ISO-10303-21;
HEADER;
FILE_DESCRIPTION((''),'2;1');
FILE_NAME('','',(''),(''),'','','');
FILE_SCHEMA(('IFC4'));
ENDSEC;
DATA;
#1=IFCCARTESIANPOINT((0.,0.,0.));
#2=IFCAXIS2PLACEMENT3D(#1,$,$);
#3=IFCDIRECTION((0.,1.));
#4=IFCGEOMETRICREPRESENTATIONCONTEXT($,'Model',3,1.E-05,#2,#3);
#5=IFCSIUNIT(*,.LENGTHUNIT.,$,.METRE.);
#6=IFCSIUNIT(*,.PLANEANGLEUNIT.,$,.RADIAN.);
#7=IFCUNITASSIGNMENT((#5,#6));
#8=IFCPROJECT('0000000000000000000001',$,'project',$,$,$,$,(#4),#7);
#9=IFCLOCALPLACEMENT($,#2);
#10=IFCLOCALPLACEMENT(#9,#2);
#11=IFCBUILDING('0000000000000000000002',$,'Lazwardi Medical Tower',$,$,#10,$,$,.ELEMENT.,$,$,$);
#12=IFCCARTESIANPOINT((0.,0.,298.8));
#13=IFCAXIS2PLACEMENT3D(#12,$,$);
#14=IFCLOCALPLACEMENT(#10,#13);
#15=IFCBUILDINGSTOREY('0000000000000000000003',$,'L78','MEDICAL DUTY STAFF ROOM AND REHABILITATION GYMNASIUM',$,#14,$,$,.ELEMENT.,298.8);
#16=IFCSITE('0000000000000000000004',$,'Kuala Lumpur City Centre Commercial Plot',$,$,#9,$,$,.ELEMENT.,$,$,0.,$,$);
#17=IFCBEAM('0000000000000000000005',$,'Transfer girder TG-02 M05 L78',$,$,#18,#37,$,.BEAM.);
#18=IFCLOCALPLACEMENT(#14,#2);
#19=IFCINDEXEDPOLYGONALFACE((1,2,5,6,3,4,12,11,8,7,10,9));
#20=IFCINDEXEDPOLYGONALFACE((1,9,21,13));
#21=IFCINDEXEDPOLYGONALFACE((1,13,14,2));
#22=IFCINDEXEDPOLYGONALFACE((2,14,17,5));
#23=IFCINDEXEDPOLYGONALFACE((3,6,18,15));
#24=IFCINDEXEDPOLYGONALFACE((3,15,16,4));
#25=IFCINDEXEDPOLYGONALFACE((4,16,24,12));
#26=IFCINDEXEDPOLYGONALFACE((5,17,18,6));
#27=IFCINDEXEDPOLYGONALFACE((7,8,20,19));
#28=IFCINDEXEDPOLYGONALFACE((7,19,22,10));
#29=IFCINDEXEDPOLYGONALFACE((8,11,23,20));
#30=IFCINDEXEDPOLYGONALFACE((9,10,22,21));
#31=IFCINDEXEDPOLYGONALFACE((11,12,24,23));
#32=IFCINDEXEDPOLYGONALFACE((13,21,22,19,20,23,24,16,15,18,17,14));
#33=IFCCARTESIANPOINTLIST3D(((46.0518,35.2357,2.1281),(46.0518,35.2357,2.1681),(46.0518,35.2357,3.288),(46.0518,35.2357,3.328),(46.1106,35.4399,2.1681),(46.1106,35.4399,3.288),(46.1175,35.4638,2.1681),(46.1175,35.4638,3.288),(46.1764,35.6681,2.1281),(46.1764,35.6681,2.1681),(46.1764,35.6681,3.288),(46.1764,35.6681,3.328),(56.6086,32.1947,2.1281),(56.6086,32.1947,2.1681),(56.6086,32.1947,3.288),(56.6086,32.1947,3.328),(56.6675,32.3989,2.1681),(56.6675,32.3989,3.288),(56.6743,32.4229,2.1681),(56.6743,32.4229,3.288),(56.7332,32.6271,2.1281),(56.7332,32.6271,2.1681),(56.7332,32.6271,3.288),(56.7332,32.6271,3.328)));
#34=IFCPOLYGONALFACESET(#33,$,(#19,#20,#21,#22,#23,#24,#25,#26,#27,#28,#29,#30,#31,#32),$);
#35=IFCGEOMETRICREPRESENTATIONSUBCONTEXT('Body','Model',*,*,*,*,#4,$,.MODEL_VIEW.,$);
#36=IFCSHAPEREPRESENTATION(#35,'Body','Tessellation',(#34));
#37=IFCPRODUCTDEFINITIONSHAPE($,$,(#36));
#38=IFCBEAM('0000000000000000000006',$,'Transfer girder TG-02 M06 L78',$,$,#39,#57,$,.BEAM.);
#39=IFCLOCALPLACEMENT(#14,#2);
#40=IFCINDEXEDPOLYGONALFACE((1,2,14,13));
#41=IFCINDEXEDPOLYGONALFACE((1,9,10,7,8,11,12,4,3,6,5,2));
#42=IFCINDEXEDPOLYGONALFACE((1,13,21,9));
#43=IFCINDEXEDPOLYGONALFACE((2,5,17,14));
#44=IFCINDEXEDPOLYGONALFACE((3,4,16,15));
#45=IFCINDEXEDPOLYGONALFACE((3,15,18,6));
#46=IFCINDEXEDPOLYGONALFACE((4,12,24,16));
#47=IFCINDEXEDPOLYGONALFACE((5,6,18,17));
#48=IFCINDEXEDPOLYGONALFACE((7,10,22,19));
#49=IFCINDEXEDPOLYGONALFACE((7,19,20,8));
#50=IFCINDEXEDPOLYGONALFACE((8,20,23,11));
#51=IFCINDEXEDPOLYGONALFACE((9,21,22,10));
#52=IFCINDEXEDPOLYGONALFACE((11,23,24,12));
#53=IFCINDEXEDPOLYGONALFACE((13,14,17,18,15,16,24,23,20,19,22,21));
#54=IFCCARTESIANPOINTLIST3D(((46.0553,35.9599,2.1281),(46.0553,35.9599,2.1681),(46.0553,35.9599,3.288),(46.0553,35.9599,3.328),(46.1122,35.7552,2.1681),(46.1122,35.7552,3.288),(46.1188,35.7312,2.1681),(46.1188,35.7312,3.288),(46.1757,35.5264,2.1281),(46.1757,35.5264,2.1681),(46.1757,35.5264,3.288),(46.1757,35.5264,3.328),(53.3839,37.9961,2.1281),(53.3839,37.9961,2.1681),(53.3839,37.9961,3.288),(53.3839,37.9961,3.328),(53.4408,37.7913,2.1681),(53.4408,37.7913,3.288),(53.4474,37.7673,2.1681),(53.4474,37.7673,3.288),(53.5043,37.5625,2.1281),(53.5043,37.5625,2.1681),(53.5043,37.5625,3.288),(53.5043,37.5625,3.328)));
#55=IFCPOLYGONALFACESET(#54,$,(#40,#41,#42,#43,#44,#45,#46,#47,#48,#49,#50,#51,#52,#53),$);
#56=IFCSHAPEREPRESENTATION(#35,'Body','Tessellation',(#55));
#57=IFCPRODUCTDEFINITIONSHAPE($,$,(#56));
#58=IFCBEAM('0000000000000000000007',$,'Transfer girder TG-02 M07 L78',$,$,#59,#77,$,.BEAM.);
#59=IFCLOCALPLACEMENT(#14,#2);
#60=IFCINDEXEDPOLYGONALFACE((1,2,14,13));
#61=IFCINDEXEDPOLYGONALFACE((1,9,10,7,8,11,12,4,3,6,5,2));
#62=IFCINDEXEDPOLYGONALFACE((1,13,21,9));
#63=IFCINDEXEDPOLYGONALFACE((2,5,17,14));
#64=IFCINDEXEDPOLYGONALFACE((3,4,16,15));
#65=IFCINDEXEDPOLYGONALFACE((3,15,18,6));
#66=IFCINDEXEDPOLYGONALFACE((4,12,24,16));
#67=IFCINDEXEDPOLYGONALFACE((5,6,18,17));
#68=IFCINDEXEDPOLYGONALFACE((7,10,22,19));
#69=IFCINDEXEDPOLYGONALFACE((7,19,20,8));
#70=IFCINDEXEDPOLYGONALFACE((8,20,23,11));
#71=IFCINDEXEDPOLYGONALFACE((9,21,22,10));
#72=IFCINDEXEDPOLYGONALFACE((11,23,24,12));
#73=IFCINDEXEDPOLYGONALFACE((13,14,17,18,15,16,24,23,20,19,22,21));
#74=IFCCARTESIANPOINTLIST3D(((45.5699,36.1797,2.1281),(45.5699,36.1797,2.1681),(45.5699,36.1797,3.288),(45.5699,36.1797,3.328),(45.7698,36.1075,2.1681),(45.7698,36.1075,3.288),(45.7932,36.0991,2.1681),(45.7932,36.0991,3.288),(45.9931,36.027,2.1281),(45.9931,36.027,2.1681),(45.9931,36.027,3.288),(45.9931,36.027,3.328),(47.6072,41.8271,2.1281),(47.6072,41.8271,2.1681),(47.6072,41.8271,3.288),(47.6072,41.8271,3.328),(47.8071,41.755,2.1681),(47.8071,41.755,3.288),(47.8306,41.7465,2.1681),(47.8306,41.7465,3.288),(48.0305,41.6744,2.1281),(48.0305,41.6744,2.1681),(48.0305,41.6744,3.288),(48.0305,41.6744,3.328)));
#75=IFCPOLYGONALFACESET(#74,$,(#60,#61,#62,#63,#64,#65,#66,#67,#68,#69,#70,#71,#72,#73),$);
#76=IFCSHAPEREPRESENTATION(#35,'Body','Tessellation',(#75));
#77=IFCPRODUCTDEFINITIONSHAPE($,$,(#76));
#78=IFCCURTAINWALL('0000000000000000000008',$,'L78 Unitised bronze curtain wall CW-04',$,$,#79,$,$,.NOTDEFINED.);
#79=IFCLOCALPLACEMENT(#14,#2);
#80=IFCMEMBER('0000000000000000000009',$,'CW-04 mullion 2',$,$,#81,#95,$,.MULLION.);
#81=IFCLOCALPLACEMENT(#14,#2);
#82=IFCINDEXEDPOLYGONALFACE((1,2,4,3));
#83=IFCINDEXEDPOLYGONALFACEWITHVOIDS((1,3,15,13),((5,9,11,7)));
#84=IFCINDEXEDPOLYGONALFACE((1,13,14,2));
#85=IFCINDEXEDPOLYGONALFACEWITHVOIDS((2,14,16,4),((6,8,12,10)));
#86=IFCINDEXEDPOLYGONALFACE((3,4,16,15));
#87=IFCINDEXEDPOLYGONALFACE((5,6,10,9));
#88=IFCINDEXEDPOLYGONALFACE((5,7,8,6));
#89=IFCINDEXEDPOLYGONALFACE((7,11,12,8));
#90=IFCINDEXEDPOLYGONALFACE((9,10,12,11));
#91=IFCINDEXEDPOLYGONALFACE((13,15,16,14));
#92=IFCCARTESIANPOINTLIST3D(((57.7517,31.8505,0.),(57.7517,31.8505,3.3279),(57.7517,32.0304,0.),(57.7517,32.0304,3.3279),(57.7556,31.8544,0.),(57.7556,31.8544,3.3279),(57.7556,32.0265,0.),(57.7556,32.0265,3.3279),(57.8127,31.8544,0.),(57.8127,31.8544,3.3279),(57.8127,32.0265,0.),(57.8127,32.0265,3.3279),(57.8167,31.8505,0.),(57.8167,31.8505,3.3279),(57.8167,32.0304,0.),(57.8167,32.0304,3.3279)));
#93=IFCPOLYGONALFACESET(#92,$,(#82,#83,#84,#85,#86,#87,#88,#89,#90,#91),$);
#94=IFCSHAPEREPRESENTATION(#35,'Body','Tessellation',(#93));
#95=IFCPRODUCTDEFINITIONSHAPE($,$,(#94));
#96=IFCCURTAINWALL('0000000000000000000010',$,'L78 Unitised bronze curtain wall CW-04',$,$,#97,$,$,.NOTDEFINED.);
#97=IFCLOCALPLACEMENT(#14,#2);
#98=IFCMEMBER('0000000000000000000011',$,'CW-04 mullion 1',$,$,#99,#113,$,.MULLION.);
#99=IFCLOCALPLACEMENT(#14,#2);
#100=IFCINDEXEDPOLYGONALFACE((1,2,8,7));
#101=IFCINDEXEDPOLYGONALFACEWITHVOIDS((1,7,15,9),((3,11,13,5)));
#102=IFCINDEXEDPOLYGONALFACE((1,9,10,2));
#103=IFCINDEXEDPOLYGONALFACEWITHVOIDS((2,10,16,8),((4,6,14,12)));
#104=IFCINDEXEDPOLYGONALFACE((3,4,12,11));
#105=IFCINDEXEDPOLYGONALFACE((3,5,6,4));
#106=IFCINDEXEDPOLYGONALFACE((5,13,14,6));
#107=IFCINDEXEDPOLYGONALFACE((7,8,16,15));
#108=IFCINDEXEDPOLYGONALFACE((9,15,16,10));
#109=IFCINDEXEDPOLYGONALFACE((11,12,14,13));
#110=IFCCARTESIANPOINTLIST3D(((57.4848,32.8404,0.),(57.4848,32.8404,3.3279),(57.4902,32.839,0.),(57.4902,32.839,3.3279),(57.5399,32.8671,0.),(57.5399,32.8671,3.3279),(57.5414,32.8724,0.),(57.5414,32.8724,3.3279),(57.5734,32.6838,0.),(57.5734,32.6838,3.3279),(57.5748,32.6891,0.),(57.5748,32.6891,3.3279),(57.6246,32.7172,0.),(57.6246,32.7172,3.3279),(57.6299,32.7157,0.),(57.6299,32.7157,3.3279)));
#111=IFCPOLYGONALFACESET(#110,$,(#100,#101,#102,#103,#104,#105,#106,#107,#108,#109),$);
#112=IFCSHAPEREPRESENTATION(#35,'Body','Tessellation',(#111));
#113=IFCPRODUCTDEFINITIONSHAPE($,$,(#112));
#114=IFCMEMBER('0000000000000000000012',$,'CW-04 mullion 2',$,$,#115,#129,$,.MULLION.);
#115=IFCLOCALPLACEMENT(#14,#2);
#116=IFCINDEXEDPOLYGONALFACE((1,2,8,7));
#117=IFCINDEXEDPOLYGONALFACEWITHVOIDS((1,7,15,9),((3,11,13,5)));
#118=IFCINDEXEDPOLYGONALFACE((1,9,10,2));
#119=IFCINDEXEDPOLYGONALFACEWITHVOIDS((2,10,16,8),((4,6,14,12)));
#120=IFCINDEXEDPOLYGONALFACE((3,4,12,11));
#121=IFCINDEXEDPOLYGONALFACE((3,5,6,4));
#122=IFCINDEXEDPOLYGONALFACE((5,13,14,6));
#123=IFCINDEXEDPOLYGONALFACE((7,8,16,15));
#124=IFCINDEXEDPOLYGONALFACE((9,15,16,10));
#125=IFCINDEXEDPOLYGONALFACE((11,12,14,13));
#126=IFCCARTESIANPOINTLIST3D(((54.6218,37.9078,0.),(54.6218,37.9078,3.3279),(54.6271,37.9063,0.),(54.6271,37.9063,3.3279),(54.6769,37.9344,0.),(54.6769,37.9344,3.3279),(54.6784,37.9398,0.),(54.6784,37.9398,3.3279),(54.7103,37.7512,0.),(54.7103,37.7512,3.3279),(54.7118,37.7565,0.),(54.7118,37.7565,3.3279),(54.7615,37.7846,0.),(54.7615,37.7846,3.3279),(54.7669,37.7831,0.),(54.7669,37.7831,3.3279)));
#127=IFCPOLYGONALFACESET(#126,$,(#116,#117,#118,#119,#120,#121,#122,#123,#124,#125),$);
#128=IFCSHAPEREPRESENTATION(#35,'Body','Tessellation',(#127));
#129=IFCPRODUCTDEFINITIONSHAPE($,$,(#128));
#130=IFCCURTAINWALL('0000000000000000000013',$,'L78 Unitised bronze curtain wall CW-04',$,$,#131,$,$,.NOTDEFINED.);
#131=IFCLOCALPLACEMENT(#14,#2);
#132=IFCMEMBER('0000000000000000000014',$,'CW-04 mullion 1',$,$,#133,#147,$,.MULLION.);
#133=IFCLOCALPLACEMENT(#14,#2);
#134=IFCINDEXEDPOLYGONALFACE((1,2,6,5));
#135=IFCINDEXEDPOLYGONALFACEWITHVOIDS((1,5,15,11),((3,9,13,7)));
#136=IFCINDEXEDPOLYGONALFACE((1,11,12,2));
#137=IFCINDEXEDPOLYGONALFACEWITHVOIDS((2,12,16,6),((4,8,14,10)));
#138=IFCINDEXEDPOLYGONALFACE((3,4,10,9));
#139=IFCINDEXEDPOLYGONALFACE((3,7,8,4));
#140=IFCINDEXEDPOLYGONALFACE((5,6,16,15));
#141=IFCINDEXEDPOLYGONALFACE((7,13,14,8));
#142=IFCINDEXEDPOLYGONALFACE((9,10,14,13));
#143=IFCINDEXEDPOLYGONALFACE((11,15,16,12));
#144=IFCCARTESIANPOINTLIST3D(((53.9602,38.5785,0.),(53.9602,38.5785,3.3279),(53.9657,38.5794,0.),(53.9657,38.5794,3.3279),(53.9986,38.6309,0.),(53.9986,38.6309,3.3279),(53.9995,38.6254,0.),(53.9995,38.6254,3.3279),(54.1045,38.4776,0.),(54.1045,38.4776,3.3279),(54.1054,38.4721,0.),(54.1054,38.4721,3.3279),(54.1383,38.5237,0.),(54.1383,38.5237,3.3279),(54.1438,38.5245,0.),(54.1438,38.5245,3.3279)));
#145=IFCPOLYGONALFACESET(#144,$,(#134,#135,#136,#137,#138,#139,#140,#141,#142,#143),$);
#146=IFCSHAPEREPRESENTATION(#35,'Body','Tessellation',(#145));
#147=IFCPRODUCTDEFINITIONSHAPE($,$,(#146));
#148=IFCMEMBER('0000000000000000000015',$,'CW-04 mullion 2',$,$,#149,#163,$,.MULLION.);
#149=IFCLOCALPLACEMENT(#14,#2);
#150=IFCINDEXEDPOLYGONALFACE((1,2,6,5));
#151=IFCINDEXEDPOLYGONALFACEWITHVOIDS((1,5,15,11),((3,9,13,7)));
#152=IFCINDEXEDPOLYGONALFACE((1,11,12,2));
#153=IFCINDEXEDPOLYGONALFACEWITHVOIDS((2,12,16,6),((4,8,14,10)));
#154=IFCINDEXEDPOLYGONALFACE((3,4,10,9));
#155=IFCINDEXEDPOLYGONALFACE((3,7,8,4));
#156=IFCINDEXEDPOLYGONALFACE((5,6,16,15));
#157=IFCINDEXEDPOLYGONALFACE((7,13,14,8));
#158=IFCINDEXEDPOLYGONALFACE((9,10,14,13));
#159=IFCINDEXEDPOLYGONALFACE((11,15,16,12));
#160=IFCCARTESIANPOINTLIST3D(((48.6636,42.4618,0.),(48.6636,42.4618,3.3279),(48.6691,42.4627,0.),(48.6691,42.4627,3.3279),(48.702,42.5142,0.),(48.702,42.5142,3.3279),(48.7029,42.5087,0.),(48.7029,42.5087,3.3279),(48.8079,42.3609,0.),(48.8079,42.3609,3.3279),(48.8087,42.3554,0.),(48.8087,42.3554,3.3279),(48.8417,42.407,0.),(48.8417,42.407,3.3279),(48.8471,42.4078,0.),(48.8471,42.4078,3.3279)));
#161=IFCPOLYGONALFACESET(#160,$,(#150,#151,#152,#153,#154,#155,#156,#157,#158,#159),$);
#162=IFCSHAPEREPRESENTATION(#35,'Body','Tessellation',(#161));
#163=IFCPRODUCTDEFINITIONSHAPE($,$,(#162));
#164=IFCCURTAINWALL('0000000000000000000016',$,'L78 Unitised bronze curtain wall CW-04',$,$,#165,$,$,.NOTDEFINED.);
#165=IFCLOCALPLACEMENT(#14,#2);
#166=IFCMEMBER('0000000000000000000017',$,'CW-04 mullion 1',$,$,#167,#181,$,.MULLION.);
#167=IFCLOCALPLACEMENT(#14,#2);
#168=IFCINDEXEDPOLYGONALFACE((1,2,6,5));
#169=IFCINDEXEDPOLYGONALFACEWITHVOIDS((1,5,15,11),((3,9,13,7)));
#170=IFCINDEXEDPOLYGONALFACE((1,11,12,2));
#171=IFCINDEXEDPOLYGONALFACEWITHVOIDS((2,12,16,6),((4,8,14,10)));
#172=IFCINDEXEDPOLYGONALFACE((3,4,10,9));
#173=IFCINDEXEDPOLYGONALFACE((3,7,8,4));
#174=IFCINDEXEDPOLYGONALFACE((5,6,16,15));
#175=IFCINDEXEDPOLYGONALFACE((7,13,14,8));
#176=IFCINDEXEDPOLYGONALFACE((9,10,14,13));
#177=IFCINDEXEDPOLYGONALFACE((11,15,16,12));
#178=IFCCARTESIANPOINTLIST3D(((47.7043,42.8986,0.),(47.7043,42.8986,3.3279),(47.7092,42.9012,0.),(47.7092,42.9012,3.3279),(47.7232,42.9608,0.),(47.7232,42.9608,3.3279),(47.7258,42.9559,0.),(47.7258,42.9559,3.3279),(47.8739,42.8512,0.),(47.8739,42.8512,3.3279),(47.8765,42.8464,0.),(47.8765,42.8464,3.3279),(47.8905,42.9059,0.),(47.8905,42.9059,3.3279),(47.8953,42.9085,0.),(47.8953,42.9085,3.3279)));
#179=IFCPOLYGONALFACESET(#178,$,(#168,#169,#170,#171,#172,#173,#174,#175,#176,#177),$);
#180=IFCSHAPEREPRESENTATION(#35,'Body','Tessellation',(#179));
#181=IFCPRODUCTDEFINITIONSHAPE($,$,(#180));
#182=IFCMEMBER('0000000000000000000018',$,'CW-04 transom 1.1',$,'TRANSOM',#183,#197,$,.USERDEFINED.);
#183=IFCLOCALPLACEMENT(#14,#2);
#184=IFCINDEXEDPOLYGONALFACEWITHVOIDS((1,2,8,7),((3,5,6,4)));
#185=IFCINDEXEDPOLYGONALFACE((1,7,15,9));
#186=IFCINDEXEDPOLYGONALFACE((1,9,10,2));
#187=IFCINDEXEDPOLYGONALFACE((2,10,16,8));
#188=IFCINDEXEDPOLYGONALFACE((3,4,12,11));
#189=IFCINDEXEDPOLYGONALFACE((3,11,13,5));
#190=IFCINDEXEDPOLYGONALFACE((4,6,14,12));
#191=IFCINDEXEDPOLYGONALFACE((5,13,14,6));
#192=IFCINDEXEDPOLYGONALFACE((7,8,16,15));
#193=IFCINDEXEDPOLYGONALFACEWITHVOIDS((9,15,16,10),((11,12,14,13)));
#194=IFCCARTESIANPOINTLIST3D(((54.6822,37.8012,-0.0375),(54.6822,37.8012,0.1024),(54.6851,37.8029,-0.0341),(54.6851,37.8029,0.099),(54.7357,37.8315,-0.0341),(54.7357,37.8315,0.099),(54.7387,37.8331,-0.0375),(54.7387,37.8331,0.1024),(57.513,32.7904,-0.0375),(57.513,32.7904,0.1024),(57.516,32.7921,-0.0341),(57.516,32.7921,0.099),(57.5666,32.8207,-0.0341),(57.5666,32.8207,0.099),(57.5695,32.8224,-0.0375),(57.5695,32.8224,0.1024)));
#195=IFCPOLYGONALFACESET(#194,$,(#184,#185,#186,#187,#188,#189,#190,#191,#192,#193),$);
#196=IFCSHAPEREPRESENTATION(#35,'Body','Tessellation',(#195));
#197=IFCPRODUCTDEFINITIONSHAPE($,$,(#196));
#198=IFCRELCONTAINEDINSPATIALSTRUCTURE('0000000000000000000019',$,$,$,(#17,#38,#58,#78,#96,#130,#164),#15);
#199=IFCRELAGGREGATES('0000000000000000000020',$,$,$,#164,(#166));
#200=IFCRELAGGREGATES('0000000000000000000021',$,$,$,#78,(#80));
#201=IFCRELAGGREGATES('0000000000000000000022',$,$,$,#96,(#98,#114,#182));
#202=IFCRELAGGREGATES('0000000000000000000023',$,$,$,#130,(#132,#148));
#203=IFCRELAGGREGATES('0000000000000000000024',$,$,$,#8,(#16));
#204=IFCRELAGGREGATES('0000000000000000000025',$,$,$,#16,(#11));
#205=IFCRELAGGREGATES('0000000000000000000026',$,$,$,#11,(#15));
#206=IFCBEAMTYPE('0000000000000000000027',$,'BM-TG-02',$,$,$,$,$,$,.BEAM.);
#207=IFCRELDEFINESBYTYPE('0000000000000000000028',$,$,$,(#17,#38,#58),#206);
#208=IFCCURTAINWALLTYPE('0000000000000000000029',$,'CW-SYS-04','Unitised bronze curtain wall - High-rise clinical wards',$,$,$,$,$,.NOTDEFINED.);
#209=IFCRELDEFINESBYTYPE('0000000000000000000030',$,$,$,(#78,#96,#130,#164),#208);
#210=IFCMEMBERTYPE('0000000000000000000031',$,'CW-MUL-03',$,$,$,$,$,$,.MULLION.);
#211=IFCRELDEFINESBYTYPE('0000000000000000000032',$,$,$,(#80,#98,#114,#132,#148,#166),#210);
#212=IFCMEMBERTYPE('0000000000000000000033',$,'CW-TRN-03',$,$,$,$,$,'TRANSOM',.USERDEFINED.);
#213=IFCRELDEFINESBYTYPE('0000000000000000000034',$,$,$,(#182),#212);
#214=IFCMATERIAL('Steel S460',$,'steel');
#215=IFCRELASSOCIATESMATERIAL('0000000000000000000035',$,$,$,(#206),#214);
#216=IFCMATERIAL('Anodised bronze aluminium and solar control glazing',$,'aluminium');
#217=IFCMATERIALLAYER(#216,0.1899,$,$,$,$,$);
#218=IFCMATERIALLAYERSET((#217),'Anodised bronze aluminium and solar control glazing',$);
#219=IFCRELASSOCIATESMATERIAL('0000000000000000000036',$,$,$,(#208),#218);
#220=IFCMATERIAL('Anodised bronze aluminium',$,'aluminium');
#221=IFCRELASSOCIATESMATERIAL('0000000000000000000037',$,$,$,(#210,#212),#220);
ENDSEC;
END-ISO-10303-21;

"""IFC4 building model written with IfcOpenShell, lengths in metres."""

from ifc_helpers import new_model, si_unit, direction, frame, origin, origin_2d, place, context, subcontext, project, spatial, hollow_rectangle, i_section, extrude, material, layer, layer_set, material_profile, profile_set, type_object, element, aggregate, save


model = new_model("IFC4")

# Units and contexts
model_context = context("Model", 3, precision=1e-05, world=origin(), true_north=direction((0.0, 1.0)))
body_context = subcontext(model_context, "Body", "Model", "MODEL_VIEW")
ifc_project = project(units=[si_unit("LENGTHUNIT", "METRE"), si_unit("PLANEANGLEUNIT", "RADIAN")], contexts=[model_context])

# Site, building, storey
site_placement = place(None, origin())
site = spatial("IfcSite", under=ifc_project, at=site_placement, Name="Kuala Lumpur City Centre Commercial Plot", CompositionType="ELEMENT", RefElevation=0.0)
building_placement = place(site_placement, origin())
building = spatial("IfcBuilding", under=site, at=building_placement, Name="Lazwardi Medical Tower", CompositionType="ELEMENT")
storey_placement = place(building_placement, frame((0.0, 0.0, 298.8)))
storey = spatial("IfcBuildingStorey", under=building, at=storey_placement, Name="L78", Description="MEDICAL DUTY STAFF ROOM AND REHABILITATION GYMNASIUM", CompositionType="ELEMENT", Elevation=298.8)

# Beams
ifc_material_1 = material(Name="Steel S460", Category="steel")
ifc_material_profile_1 = material_profile(ifc_material_1, i_section(OverallWidth=0.45, OverallDepth=1.2, WebThickness=0.0249, FlangeThickness=0.04, at=origin_2d()), Name="PG 1200x450")
ifc_profile_set_1 = profile_set([ifc_material_profile_1], Name="Steel S460")
beam_type_1 = type_object("IfcBeamType", Name="BM-TG-02", PredefinedType="BEAM", material=ifc_profile_set_1)
beam_1_placement = place(storey_placement, frame((56.6709, 32.4109, 2.728), z_axis=(-0.960926, 0.276804, 0.0), x_axis=(-0.276804, -0.960926, 0.0)))
element("IfcBeam", 1, at=beam_1_placement, inside=storey, type_object=beam_type_1, Name="Transfer girder TG-02 M05 L78", PredefinedType="BEAM", context=body_context, shape_type="SweptSolid", body=[
    extrude(i_section(OverallWidth=0.45, OverallDepth=1.2, WebThickness=0.0249, FlangeThickness=0.04, at=origin_2d()), origin(), (0.0, 0.0, 1.0), 10.9861),
])
beam_2_placement = place(storey_placement, frame((53.4441, 37.7793, 2.728), z_axis=(-0.963504, -0.267694, 0.0), x_axis=(0.267694, -0.963504, 0.0)))
element("IfcBeam", 2, at=beam_2_placement, inside=storey, type_object=beam_type_1, Name="Transfer girder TG-02 M06 L78", PredefinedType="BEAM", context=body_context, shape_type="SweptSolid", body=[
    extrude(i_section(OverallWidth=0.45, OverallDepth=1.2, WebThickness=0.0249, FlangeThickness=0.04, at=origin_2d()), origin(), (0.0, 0.0, 1.0), 7.6062),
])
beam_3_placement = place(storey_placement, frame((47.8188, 41.7507, 2.728), z_axis=(-0.339349, -0.940661, 0.0), x_axis=(0.940661, -0.339349, 0.0)))
element("IfcBeam", 3, at=beam_3_placement, inside=storey, type_object=beam_type_1, Name="Transfer girder TG-02 M07 L78", PredefinedType="BEAM", context=body_context, shape_type="SweptSolid", body=[
    extrude(i_section(OverallWidth=0.45, OverallDepth=1.2, WebThickness=0.0249, FlangeThickness=0.04, at=origin_2d()), origin(), (0.0, 0.0, 1.0), 6.0037),
])

# Curtain wall, member
ifc_material_2 = material(Name="Anodised bronze aluminium and solar control glazing", Category="aluminium")
ifc_layer_1 = layer(ifc_material_2, 0.1899)
ifc_layer_set_1 = layer_set([ifc_layer_1], Name="Anodised bronze aluminium and solar control glazing")
curtain_wall_type = type_object("IfcCurtainWallType", Name="CW-SYS-04", Description="Unitised bronze curtain wall - High-rise clinical wards", PredefinedType="NOTDEFINED", material=ifc_layer_set_1)
curtain_wall_1_placement = place(storey_placement, origin())
curtain_wall_1 = element("IfcCurtainWall", 4, at=curtain_wall_1_placement, inside=storey, type_object=curtain_wall_type, Name="L78 Unitised bronze curtain wall CW-04", PredefinedType="NOTDEFINED")
ifc_material_3 = material(Name="Anodised bronze aluminium", Category="aluminium")
ifc_material_profile_2 = material_profile(ifc_material_3, hollow_rectangle(XDim=0.0649, YDim=0.1799, WallThickness=0.0039, at=origin_2d()), Name="ALU-MULLION 180x65x4")
ifc_profile_set_2 = profile_set([ifc_material_profile_2], Name="Anodised bronze aluminium")
member_type_1 = type_object("IfcMemberType", Name="CW-MUL-03", PredefinedType="MULLION", material=ifc_profile_set_2)
member_1_placement = place(storey_placement, frame((57.7842, 31.9404, 0.0), z_axis=(0.0, 0.0, 1.0), x_axis=(-1.0, 0.0, 0.0)))
member_1 = element("IfcMember", 5, at=member_1_placement, type_object=member_type_1, Name="CW-04 mullion 2", PredefinedType="MULLION", context=body_context, shape_type="SweptSolid", body=[
    extrude(hollow_rectangle(XDim=0.0649, YDim=0.1799, WallThickness=0.0039, at=origin_2d()), origin(), (0.0, 0.0, 1.0), 3.3279),
])

# Curtain walls, members
curtain_wall_2_placement = place(storey_placement, origin())
curtain_wall_2 = element("IfcCurtainWall", 6, at=curtain_wall_2_placement, inside=storey, type_object=curtain_wall_type, Name="L78 Unitised bronze curtain wall CW-04", PredefinedType="NOTDEFINED")
member_2_placement = place(storey_placement, frame((57.5574, 32.7781, 0.0), z_axis=(0.0, 0.0, 1.0), x_axis=(-0.870651, -0.4919, 0.0)))
member_2 = element("IfcMember", 7, at=member_2_placement, type_object=member_type_1, Name="CW-04 mullion 1", PredefinedType="MULLION", context=body_context, shape_type="SweptSolid", body=[
    extrude(hollow_rectangle(XDim=0.0649, YDim=0.1799, WallThickness=0.0039, at=origin_2d()), origin(), (0.0, 0.0, 1.0), 3.3279),
])
member_3_placement = place(storey_placement, frame((54.6943, 37.8455, 0.0), z_axis=(0.0, 0.0, 1.0), x_axis=(-0.870651, -0.4919, 0.0)))
member_3 = element("IfcMember", 8, at=member_3_placement, type_object=member_type_1, Name="CW-04 mullion 2", PredefinedType="MULLION", context=body_context, shape_type="SweptSolid", body=[
    extrude(hollow_rectangle(XDim=0.0649, YDim=0.1799, WallThickness=0.0039, at=origin_2d()), origin(), (0.0, 0.0, 1.0), 3.3279),
])
curtain_wall_3_placement = place(storey_placement, origin())
curtain_wall_3 = element("IfcCurtainWall", 9, at=curtain_wall_3_placement, inside=storey, type_object=curtain_wall_type, Name="L78 Unitised bronze curtain wall CW-04", PredefinedType="NOTDEFINED")
member_4_placement = place(storey_placement, frame((54.052, 38.5515, 0.0), z_axis=(0.0, 0.0, 1.0), x_axis=(-0.591268, -0.806475, 0.0)))
member_4 = element("IfcMember", 10, at=member_4_placement, type_object=member_type_1, Name="CW-04 mullion 1", PredefinedType="MULLION", context=body_context, shape_type="SweptSolid", body=[
    extrude(hollow_rectangle(XDim=0.0649, YDim=0.1799, WallThickness=0.0039, at=origin_2d()), origin(), (0.0, 0.0, 1.0), 3.3279),
])
member_5_placement = place(storey_placement, frame((48.7554, 42.4348, 0.0), z_axis=(0.0, 0.0, 1.0), x_axis=(-0.591268, -0.806475, 0.0)))
member_5 = element("IfcMember", 11, at=member_5_placement, type_object=member_type_1, Name="CW-04 mullion 2", PredefinedType="MULLION", context=body_context, shape_type="SweptSolid", body=[
    extrude(hollow_rectangle(XDim=0.0649, YDim=0.1799, WallThickness=0.0039, at=origin_2d()), origin(), (0.0, 0.0, 1.0), 3.3279),
])

# Curtain wall, member
curtain_wall_4_placement = place(storey_placement, origin())
curtain_wall_4 = element("IfcCurtainWall", 12, at=curtain_wall_4_placement, inside=storey, type_object=curtain_wall_type, Name="L78 Unitised bronze curtain wall CW-04", PredefinedType="NOTDEFINED")
member_6_placement = place(storey_placement, frame((47.7998, 42.9036, 0.0), z_axis=(0.0, 0.0, 1.0), x_axis=(-0.290582, -0.95685, 0.0)))
member_6 = element("IfcMember", 13, at=member_6_placement, type_object=member_type_1, Name="CW-04 mullion 1", PredefinedType="MULLION", context=body_context, shape_type="SweptSolid", body=[
    extrude(hollow_rectangle(XDim=0.0649, YDim=0.1799, WallThickness=0.0039, at=origin_2d()), origin(), (0.0, 0.0, 1.0), 3.3279),
])
aggregate(curtain_wall_4, [member_6])

# Member
ifc_material_profile_3 = material_profile(ifc_material_3, hollow_rectangle(XDim=0.0649, YDim=0.1399, WallThickness=0.0034, at=origin_2d()), Name="ALU-TRANSOM 140x65x3.5")
ifc_profile_set_3 = profile_set([ifc_material_profile_3], Name="Anodised bronze aluminium")
member_type_2 = type_object("IfcMemberType", Name="CW-TRN-03", ElementType="TRANSOM", PredefinedType="USERDEFINED", material=ifc_profile_set_3)
member_7_placement = place(storey_placement, frame((57.5413, 32.8064, 0.0325), z_axis=(-0.49188, 0.870663, 0.0), x_axis=(-0.870663, -0.49188, 0.0)))
member_7 = element("IfcMember", 14, at=member_7_placement, type_object=member_type_2, Name="CW-04 transom 1.1", ObjectType="TRANSOM", PredefinedType="USERDEFINED", context=body_context, shape_type="SweptSolid", body=[
    extrude(hollow_rectangle(XDim=0.0649, YDim=0.1399, WallThickness=0.0034, at=origin_2d()), origin(), (0.0, 0.0, 1.0), 5.7551),
])

aggregate(curtain_wall_1, [member_1])
aggregate(curtain_wall_2, [member_2, member_3, member_7])
aggregate(curtain_wall_3, [member_4, member_5])

save(model, "model.ifc")
